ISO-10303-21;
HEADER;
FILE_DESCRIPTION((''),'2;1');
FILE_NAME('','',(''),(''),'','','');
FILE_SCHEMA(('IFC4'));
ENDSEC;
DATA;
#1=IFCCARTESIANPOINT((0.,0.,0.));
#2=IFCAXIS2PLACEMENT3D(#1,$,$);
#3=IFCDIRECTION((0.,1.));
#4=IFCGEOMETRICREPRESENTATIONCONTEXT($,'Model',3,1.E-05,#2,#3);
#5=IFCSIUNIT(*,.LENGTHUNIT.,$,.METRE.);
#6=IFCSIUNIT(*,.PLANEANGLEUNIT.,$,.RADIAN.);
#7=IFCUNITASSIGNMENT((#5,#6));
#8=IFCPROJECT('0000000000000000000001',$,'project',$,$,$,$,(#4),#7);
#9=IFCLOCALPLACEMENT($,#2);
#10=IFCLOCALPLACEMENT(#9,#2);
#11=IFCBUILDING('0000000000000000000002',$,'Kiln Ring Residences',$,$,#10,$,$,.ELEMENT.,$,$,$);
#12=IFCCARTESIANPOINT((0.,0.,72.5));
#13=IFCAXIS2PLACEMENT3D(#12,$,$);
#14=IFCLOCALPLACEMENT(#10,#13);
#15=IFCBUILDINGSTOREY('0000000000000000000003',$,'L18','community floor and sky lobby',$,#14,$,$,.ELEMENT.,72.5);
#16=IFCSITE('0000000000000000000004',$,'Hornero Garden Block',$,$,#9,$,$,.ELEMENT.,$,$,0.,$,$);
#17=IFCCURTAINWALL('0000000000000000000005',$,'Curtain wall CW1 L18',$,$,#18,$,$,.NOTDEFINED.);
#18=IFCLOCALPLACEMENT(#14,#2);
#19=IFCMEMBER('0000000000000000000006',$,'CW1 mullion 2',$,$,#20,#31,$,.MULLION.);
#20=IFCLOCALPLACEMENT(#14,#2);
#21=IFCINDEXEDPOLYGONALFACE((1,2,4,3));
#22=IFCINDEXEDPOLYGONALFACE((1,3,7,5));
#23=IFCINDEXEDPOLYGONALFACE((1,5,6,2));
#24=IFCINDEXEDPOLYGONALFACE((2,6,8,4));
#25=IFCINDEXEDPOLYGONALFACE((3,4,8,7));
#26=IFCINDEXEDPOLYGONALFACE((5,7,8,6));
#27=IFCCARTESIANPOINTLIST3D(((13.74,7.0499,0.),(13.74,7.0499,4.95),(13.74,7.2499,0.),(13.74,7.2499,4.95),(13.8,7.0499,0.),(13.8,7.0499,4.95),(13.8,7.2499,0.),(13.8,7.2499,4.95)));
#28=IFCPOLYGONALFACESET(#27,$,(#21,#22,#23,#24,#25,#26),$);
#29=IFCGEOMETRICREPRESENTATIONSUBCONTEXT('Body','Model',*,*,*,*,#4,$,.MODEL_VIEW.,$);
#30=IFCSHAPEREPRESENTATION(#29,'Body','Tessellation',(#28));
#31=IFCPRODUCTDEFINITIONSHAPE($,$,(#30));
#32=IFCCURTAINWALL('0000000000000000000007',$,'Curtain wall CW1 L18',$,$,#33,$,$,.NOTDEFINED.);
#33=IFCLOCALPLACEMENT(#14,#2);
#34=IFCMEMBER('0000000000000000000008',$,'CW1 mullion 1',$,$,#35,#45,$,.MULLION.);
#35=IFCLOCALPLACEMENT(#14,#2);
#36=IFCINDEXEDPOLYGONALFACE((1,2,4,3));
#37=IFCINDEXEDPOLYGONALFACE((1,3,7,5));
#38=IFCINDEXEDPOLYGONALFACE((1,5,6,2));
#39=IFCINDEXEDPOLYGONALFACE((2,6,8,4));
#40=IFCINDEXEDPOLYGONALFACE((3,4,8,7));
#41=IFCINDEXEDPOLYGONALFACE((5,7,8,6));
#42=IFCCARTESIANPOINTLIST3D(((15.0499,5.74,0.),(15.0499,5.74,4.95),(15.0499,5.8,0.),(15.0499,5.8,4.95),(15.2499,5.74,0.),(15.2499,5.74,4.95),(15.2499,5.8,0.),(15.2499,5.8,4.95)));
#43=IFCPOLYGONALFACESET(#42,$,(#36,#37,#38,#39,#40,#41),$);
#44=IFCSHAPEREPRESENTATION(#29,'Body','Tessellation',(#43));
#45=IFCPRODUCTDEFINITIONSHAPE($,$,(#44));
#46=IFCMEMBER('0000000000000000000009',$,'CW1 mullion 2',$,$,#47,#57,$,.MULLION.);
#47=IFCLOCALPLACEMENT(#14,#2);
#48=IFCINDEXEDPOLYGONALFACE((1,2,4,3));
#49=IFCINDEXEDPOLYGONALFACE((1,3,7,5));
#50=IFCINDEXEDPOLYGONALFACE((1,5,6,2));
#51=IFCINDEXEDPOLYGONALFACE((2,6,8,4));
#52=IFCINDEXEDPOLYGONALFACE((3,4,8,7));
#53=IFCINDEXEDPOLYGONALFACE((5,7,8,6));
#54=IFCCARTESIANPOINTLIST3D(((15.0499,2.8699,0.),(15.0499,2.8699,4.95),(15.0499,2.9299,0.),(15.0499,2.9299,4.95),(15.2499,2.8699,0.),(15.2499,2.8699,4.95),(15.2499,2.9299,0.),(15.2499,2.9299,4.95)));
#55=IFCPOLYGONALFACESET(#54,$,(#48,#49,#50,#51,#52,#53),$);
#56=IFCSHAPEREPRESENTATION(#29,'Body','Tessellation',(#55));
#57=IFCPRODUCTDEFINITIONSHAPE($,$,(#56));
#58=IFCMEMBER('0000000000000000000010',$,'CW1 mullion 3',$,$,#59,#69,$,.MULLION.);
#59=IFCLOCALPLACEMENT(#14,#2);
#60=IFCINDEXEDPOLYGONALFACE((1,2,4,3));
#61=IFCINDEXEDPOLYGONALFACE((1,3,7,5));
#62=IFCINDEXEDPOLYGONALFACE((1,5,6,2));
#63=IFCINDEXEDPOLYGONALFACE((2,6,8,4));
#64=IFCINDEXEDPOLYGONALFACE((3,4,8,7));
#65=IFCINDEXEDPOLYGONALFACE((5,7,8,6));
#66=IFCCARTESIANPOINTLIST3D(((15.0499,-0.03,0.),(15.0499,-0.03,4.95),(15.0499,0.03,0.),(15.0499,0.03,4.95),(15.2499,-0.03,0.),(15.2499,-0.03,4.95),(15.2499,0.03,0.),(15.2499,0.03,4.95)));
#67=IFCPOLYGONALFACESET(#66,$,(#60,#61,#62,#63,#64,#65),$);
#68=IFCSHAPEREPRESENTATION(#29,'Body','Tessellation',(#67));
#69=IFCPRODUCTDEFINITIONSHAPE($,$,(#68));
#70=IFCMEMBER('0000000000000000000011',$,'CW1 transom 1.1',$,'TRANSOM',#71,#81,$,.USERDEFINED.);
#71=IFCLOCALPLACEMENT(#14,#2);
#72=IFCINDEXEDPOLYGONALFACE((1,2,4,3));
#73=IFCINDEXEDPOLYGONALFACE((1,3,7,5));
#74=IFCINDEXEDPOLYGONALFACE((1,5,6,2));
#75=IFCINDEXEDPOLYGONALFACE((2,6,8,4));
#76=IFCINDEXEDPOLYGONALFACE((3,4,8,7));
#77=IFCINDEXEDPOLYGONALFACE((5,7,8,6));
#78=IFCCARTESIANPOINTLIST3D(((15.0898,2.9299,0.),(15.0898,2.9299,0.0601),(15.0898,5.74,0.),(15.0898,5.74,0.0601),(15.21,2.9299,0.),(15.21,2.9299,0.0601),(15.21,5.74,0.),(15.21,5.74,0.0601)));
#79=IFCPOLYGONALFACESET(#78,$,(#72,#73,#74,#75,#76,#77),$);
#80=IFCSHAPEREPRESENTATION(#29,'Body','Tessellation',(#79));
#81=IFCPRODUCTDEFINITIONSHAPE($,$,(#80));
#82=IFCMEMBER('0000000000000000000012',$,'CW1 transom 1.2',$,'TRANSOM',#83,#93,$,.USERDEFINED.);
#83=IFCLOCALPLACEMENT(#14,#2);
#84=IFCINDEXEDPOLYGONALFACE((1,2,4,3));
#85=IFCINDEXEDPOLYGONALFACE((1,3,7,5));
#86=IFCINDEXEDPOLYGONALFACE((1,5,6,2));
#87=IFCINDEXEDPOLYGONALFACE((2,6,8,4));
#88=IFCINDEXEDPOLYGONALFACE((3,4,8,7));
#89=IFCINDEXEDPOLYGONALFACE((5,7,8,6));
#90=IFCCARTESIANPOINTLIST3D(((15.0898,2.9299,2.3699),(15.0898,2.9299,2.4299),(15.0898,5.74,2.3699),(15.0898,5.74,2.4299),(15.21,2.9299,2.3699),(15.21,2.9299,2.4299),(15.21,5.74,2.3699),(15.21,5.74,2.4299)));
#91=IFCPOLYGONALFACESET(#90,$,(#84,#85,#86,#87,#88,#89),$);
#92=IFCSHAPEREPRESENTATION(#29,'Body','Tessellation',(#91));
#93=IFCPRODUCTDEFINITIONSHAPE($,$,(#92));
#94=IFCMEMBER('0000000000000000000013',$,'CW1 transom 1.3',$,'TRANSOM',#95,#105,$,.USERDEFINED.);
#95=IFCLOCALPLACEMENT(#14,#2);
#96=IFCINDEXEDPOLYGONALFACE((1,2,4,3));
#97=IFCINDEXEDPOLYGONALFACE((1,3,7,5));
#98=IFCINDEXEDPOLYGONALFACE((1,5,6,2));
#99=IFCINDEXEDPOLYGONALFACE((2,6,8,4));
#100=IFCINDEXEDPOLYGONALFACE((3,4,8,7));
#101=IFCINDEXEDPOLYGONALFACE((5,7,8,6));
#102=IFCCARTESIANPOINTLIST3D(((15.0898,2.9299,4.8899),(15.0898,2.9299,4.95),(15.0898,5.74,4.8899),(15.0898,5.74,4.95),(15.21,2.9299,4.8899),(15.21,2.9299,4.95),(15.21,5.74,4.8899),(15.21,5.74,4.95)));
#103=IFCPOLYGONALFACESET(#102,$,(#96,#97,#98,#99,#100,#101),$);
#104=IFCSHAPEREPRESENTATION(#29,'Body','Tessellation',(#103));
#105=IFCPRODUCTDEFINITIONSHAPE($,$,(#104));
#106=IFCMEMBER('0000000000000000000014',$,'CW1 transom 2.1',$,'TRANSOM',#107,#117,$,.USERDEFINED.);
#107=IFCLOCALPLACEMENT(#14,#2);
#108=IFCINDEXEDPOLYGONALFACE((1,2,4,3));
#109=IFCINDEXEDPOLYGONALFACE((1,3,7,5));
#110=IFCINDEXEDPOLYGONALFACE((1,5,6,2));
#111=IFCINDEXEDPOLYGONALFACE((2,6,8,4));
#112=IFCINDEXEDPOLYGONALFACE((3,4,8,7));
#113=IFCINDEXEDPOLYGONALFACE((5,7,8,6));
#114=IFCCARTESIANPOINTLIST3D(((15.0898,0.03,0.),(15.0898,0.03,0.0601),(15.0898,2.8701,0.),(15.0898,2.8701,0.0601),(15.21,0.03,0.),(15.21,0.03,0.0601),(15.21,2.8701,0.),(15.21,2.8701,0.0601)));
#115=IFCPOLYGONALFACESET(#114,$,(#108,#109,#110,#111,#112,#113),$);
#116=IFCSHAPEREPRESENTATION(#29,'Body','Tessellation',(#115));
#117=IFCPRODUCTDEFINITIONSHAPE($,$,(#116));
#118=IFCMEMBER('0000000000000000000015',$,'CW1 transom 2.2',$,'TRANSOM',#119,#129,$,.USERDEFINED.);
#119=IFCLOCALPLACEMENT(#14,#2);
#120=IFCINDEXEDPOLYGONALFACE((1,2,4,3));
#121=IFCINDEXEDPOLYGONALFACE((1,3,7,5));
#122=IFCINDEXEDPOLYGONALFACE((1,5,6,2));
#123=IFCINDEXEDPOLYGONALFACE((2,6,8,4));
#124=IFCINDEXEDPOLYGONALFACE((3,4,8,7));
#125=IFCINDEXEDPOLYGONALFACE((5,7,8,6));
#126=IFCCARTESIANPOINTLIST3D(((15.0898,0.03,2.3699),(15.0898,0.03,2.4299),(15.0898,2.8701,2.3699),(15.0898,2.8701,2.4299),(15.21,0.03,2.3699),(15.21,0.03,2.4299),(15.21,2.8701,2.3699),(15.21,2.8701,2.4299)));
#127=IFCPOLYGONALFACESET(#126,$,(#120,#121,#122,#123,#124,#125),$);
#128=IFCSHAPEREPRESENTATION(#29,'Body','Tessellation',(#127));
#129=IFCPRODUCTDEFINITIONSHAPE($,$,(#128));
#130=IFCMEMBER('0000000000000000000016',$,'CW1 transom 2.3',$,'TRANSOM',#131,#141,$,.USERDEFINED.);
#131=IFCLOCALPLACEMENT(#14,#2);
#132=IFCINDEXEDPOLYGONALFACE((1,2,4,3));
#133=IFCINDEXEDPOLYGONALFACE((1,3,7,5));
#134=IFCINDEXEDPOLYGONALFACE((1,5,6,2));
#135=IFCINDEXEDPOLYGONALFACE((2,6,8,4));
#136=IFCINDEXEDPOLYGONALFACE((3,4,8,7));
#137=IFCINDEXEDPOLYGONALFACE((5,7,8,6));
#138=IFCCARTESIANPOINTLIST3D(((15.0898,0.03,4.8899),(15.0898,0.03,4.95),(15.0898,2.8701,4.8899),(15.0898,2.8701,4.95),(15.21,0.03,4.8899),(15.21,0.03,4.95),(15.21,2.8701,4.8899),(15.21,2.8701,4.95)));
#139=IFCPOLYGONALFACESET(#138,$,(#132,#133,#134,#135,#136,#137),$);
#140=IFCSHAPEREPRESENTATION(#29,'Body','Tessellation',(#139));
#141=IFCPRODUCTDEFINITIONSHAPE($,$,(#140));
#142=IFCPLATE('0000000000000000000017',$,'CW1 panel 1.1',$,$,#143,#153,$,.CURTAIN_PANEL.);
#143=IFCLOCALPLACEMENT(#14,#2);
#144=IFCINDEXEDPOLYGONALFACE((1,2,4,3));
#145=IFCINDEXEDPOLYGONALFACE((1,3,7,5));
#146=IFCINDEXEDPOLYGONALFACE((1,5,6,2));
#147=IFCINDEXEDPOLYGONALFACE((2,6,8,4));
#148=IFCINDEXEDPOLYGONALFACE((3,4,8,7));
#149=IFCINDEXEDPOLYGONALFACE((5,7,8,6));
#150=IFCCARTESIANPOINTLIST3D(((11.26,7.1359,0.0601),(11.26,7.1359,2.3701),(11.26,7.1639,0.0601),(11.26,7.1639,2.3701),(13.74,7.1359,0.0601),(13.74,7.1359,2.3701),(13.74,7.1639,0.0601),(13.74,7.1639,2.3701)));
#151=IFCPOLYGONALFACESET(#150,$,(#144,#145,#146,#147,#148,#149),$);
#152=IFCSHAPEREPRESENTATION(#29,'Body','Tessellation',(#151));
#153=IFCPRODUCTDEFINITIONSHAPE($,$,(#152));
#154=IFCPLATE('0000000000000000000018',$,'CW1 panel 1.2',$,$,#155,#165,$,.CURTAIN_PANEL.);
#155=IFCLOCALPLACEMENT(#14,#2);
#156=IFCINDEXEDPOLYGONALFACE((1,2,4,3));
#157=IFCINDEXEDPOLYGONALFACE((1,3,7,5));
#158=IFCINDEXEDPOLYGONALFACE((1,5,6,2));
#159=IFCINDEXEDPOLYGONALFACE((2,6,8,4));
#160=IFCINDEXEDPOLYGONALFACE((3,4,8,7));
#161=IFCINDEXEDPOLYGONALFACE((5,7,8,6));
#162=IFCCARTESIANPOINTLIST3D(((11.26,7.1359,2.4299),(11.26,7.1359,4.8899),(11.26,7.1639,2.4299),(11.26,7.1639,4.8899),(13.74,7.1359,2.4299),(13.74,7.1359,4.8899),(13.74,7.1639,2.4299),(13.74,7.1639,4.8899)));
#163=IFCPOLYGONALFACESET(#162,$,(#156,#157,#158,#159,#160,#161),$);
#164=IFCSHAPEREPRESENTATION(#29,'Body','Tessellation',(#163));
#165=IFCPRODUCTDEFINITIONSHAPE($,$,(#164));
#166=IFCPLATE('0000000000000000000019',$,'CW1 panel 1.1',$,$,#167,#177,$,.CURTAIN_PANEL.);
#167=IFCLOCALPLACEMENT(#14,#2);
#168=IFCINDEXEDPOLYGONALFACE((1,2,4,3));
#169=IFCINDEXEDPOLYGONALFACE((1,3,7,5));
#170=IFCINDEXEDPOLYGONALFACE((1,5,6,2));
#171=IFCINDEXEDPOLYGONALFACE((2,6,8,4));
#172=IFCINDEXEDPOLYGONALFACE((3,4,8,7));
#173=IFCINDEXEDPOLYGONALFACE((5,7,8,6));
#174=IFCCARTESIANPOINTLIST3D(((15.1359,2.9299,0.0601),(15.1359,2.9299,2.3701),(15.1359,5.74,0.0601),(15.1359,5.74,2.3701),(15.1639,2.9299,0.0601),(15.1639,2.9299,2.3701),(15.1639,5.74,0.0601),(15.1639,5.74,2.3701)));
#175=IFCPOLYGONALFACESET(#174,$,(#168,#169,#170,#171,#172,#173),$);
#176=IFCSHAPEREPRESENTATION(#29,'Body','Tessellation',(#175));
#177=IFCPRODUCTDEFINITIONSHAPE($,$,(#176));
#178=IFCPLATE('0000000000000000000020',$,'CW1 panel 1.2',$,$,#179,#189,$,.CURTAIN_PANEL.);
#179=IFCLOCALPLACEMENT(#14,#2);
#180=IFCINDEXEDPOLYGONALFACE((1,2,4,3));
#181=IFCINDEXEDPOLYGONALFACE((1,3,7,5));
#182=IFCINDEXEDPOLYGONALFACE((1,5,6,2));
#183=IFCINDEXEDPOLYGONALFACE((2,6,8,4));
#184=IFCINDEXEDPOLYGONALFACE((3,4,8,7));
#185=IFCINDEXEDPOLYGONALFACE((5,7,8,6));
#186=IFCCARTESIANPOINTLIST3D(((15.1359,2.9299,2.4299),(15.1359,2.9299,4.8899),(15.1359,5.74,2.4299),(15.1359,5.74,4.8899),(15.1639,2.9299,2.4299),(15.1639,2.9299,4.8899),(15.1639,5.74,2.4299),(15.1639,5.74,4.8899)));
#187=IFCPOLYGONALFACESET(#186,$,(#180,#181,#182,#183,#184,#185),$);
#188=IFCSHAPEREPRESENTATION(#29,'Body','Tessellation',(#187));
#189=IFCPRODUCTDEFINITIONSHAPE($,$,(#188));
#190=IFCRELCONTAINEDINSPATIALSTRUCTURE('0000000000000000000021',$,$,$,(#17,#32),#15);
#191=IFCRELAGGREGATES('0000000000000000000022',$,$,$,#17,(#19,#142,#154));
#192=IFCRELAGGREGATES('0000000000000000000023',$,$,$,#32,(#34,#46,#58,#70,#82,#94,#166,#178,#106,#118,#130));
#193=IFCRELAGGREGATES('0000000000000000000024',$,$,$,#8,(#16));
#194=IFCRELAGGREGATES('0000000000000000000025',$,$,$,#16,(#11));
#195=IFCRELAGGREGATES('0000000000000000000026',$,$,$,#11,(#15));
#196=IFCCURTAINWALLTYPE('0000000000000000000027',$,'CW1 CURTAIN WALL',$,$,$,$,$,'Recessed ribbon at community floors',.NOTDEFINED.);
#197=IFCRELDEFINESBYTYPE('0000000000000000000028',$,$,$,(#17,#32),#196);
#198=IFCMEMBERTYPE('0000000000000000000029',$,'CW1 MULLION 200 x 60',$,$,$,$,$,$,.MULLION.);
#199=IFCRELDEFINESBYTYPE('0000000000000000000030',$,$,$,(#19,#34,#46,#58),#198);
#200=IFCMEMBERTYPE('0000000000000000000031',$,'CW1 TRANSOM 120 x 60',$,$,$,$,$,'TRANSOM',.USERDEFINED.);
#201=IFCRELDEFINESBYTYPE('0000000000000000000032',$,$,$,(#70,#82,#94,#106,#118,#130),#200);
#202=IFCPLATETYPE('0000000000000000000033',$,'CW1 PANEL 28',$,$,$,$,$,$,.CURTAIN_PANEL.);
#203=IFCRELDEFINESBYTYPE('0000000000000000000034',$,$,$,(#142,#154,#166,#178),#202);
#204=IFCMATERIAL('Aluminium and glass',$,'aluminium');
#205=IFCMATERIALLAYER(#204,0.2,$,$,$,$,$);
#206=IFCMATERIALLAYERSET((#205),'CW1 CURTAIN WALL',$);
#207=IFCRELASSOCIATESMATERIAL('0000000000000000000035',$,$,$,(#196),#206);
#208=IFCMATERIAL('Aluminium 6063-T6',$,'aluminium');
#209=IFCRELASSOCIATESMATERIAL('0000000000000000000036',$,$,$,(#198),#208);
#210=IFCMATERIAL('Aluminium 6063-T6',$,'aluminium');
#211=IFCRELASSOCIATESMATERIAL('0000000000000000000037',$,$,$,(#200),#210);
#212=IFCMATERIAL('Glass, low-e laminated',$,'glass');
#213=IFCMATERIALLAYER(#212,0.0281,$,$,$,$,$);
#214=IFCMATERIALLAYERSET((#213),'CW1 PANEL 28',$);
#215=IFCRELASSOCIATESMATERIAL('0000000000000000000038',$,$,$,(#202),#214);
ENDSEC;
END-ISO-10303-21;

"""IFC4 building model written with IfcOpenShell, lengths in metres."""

from ifc_helpers import new_model, si_unit, direction, frame, origin, origin_2d, place, context, subcontext, project, spatial, rectangle, extrude, material, layer, layer_set, material_profile, profile_set, type_object, element, aggregate, save


model = new_model("IFC4")

# Units and contexts
model_context = context("Model", 3, precision=1e-05, world=origin(), true_north=direction((0.0, 1.0)))
body_context = subcontext(model_context, "Body", "Model", "MODEL_VIEW")
ifc_project = project(units=[si_unit("LENGTHUNIT", "METRE"), si_unit("PLANEANGLEUNIT", "RADIAN")], contexts=[model_context])

# Site, building, storey
site_placement = place(None, origin())
site = spatial("IfcSite", under=ifc_project, at=site_placement, Name="Hornero Garden Block", CompositionType="ELEMENT", RefElevation=0.0)
building_placement = place(site_placement, origin())
building = spatial("IfcBuilding", under=site, at=building_placement, Name="Kiln Ring Residences", CompositionType="ELEMENT")
storey_placement = place(building_placement, frame((0.0, 0.0, 72.5)))
storey = spatial("IfcBuildingStorey", under=building, at=storey_placement, Name="L18", Description="community floor and sky lobby", CompositionType="ELEMENT", Elevation=72.5)

# Curtain wall, member
ifc_material_1 = material(Name="Aluminium and glass", Category="aluminium")
ifc_layer_1 = layer(ifc_material_1, 0.2)
ifc_layer_set_1 = layer_set([ifc_layer_1], Name="CW1 CURTAIN WALL")
curtain_wall_type = type_object("IfcCurtainWallType", Name="CW1 CURTAIN WALL", ElementType="Recessed ribbon at community floors", PredefinedType="NOTDEFINED", material=ifc_layer_set_1)
placement = place(storey_placement, origin())
curtain_wall_1 = element("IfcCurtainWall", 1, at=placement, inside=storey, type_object=curtain_wall_type, Name="Curtain wall CW1 L18", PredefinedType="NOTDEFINED")
ifc_material_2 = material(Name="Aluminium 6063-T6", Category="aluminium")
ifc_material_profile_1 = material_profile(ifc_material_2, rectangle(XDim=0.2, YDim=0.0601, at=origin_2d()), Name="AL 200x60")
ifc_profile_set_1 = profile_set([ifc_material_profile_1], Name="Aluminium 6063-T6")
member_type_1 = type_object("IfcMemberType", Name="CW1 MULLION 200 x 60", PredefinedType="MULLION", material=ifc_profile_set_1)
member_1_placement = place(storey_placement, frame((13.77, 7.1499, 0.0), z_axis=(0.0, 0.0, 1.0), x_axis=(0.0, 1.0, 0.0)))
member_1 = element("IfcMember", 2, at=member_1_placement, type_object=member_type_1, Name="CW1 mullion 2", PredefinedType="MULLION", context=body_context, shape_type="SweptSolid", body=[
    extrude(rectangle(XDim=0.2, YDim=0.0601, at=origin_2d()), origin(), (0.0, 0.0, 1.0), 4.95),
])

# Curtain wall, members
curtain_wall_2 = element("IfcCurtainWall", 3, at=placement, inside=storey, type_object=curtain_wall_type, Name="Curtain wall CW1 L18", PredefinedType="NOTDEFINED")
member_2_placement = place(storey_placement, frame((15.1499, 5.77, 0.0), z_axis=(0.0, 0.0, 1.0), x_axis=(1.0, 0.0, 0.0)))
member_2 = element("IfcMember", 4, at=member_2_placement, type_object=member_type_1, Name="CW1 mullion 1", PredefinedType="MULLION", context=body_context, shape_type="SweptSolid", body=[
    extrude(rectangle(XDim=0.2, YDim=0.0601, at=origin_2d()), origin(), (0.0, 0.0, 1.0), 4.95),
])
member_3_placement = place(storey_placement, frame((15.1499, 2.8999, 0.0), z_axis=(0.0, 0.0, 1.0), x_axis=(1.0, 0.0, 0.0)))
member_3 = element("IfcMember", 5, at=member_3_placement, type_object=member_type_1, Name="CW1 mullion 2", PredefinedType="MULLION", context=body_context, shape_type="SweptSolid", body=[
    extrude(rectangle(XDim=0.2, YDim=0.0601, at=origin_2d()), origin(), (0.0, 0.0, 1.0), 4.95),
])
member_4_placement = place(storey_placement, frame((15.1499, 0.0, 0.0), z_axis=(0.0, 0.0, 1.0), x_axis=(1.0, 0.0, 0.0)))
member_4 = element("IfcMember", 6, at=member_4_placement, type_object=member_type_1, Name="CW1 mullion 3", PredefinedType="MULLION", context=body_context, shape_type="SweptSolid", body=[
    extrude(rectangle(XDim=0.2, YDim=0.0601, at=origin_2d()), origin(), (0.0, 0.0, 1.0), 4.95),
])
ifc_material_3 = material(Name="Aluminium 6063-T6", Category="aluminium")
ifc_material_profile_2 = material_profile(ifc_material_3, rectangle(XDim=0.1201, YDim=0.0601, at=origin_2d()), Name="AL 120x60")
ifc_profile_set_2 = profile_set([ifc_material_profile_2], Name="Aluminium 6063-T6")
member_type_2 = type_object("IfcMemberType", Name="CW1 TRANSOM 120 x 60", ElementType="TRANSOM", PredefinedType="USERDEFINED", material=ifc_profile_set_2)
member_5_placement = place(storey_placement, frame((15.1499, 5.74, 0.03), z_axis=(0.0, -1.0, 0.0), x_axis=(1.0, 0.0, 0.0)))
member_5 = element("IfcMember", 7, at=member_5_placement, type_object=member_type_2, Name="CW1 transom 1.1", ObjectType="TRANSOM", PredefinedType="USERDEFINED", context=body_context, shape_type="SweptSolid", body=[
    extrude(rectangle(XDim=0.1201, YDim=0.0601, at=origin_2d()), origin(), (0.0, 0.0, 1.0), 2.8101),
])
member_6_placement = place(storey_placement, frame((15.1499, 5.74, 2.3999), z_axis=(0.0, -1.0, 0.0), x_axis=(1.0, 0.0, 0.0)))
member_6 = element("IfcMember", 8, at=member_6_placement, type_object=member_type_2, Name="CW1 transom 1.2", ObjectType="TRANSOM", PredefinedType="USERDEFINED", context=body_context, shape_type="SweptSolid", body=[
    extrude(rectangle(XDim=0.1201, YDim=0.0601, at=origin_2d()), origin(), (0.0, 0.0, 1.0), 2.8101),
])
member_7_placement = place(storey_placement, frame((15.1499, 5.74, 4.9199), z_axis=(0.0, -1.0, 0.0), x_axis=(1.0, 0.0, 0.0)))
member_7 = element("IfcMember", 9, at=member_7_placement, type_object=member_type_2, Name="CW1 transom 1.3", ObjectType="TRANSOM", PredefinedType="USERDEFINED", context=body_context, shape_type="SweptSolid", body=[
    extrude(rectangle(XDim=0.1201, YDim=0.0601, at=origin_2d()), origin(), (0.0, 0.0, 1.0), 2.8101),
])
member_8_placement = place(storey_placement, frame((15.1499, 2.8701, 0.03), z_axis=(0.0, -1.0, 0.0), x_axis=(1.0, 0.0, 0.0)))
member_8 = element("IfcMember", 10, at=member_8_placement, type_object=member_type_2, Name="CW1 transom 2.1", ObjectType="TRANSOM", PredefinedType="USERDEFINED", context=body_context, shape_type="SweptSolid", body=[
    extrude(rectangle(XDim=0.1201, YDim=0.0601, at=origin_2d()), origin(), (0.0, 0.0, 1.0), 2.8401),
])
member_9_placement = place(storey_placement, frame((15.1499, 2.8701, 2.3999), z_axis=(0.0, -1.0, 0.0), x_axis=(1.0, 0.0, 0.0)))
member_9 = element("IfcMember", 11, at=member_9_placement, type_object=member_type_2, Name="CW1 transom 2.2", ObjectType="TRANSOM", PredefinedType="USERDEFINED", context=body_context, shape_type="SweptSolid", body=[
    extrude(rectangle(XDim=0.1201, YDim=0.0601, at=origin_2d()), origin(), (0.0, 0.0, 1.0), 2.8401),
])
member_10_placement = place(storey_placement, frame((15.1499, 2.8701, 4.9199), z_axis=(0.0, -1.0, 0.0), x_axis=(1.0, 0.0, 0.0)))
member_10 = element("IfcMember", 12, at=member_10_placement, type_object=member_type_2, Name="CW1 transom 2.3", ObjectType="TRANSOM", PredefinedType="USERDEFINED", context=body_context, shape_type="SweptSolid", body=[
    extrude(rectangle(XDim=0.1201, YDim=0.0601, at=origin_2d()), origin(), (0.0, 0.0, 1.0), 2.8401),
])

# Plates
ifc_material_4 = material(Name="Glass, low-e laminated", Category="glass")
ifc_layer_2 = layer(ifc_material_4, 0.0281)
ifc_layer_set_2 = layer_set([ifc_layer_2], Name="CW1 PANEL 28")
plate_type = type_object("IfcPlateType", Name="CW1 PANEL 28", PredefinedType="CURTAIN_PANEL", material=ifc_layer_set_2)
plate_1_placement = place(storey_placement, frame((12.5, 7.1499, 0.0601), z_axis=(0.0, 0.0, 1.0), x_axis=(1.0, 0.0, 0.0)))
plate_1 = element("IfcPlate", 13, at=plate_1_placement, type_object=plate_type, Name="CW1 panel 1.1", PredefinedType="CURTAIN_PANEL", context=body_context, shape_type="SweptSolid", body=[
    extrude(rectangle(XDim=2.48, YDim=0.0281, at=origin_2d()), origin(), (0.0, 0.0, 1.0), 2.3101),
])
plate_2_placement = place(storey_placement, frame((12.5, 7.1499, 2.4299), z_axis=(0.0, 0.0, 1.0), x_axis=(1.0, 0.0, 0.0)))
plate_2 = element("IfcPlate", 14, at=plate_2_placement, type_object=plate_type, Name="CW1 panel 1.2", PredefinedType="CURTAIN_PANEL", context=body_context, shape_type="SweptSolid", body=[
    extrude(rectangle(XDim=2.48, YDim=0.0281, at=origin_2d()), origin(), (0.0, 0.0, 1.0), 2.46),
])
aggregate(curtain_wall_1, [member_1, plate_1, plate_2])
plate_3_placement = place(storey_placement, frame((15.1499, 4.335, 0.0601), z_axis=(0.0, 0.0, 1.0), x_axis=(0.0, -1.0, 0.0)))
plate_3 = element("IfcPlate", 15, at=plate_3_placement, type_object=plate_type, Name="CW1 panel 1.1", PredefinedType="CURTAIN_PANEL", context=body_context, shape_type="SweptSolid", body=[
    extrude(rectangle(XDim=2.8101, YDim=0.0281, at=origin_2d()), origin(), (0.0, 0.0, 1.0), 2.3101),
])
plate_4_placement = place(storey_placement, frame((15.1499, 4.335, 2.4299), z_axis=(0.0, 0.0, 1.0), x_axis=(0.0, -1.0, 0.0)))
plate_4 = element("IfcPlate", 16, at=plate_4_placement, type_object=plate_type, Name="CW1 panel 1.2", PredefinedType="CURTAIN_PANEL", context=body_context, shape_type="SweptSolid", body=[
    extrude(rectangle(XDim=2.8101, YDim=0.0281, at=origin_2d()), origin(), (0.0, 0.0, 1.0), 2.46),
])
aggregate(curtain_wall_2, [member_2, member_3, member_4, member_5, member_6, member_7, plate_3, plate_4, member_8, member_9, member_10])

save(model, "model.ifc")
